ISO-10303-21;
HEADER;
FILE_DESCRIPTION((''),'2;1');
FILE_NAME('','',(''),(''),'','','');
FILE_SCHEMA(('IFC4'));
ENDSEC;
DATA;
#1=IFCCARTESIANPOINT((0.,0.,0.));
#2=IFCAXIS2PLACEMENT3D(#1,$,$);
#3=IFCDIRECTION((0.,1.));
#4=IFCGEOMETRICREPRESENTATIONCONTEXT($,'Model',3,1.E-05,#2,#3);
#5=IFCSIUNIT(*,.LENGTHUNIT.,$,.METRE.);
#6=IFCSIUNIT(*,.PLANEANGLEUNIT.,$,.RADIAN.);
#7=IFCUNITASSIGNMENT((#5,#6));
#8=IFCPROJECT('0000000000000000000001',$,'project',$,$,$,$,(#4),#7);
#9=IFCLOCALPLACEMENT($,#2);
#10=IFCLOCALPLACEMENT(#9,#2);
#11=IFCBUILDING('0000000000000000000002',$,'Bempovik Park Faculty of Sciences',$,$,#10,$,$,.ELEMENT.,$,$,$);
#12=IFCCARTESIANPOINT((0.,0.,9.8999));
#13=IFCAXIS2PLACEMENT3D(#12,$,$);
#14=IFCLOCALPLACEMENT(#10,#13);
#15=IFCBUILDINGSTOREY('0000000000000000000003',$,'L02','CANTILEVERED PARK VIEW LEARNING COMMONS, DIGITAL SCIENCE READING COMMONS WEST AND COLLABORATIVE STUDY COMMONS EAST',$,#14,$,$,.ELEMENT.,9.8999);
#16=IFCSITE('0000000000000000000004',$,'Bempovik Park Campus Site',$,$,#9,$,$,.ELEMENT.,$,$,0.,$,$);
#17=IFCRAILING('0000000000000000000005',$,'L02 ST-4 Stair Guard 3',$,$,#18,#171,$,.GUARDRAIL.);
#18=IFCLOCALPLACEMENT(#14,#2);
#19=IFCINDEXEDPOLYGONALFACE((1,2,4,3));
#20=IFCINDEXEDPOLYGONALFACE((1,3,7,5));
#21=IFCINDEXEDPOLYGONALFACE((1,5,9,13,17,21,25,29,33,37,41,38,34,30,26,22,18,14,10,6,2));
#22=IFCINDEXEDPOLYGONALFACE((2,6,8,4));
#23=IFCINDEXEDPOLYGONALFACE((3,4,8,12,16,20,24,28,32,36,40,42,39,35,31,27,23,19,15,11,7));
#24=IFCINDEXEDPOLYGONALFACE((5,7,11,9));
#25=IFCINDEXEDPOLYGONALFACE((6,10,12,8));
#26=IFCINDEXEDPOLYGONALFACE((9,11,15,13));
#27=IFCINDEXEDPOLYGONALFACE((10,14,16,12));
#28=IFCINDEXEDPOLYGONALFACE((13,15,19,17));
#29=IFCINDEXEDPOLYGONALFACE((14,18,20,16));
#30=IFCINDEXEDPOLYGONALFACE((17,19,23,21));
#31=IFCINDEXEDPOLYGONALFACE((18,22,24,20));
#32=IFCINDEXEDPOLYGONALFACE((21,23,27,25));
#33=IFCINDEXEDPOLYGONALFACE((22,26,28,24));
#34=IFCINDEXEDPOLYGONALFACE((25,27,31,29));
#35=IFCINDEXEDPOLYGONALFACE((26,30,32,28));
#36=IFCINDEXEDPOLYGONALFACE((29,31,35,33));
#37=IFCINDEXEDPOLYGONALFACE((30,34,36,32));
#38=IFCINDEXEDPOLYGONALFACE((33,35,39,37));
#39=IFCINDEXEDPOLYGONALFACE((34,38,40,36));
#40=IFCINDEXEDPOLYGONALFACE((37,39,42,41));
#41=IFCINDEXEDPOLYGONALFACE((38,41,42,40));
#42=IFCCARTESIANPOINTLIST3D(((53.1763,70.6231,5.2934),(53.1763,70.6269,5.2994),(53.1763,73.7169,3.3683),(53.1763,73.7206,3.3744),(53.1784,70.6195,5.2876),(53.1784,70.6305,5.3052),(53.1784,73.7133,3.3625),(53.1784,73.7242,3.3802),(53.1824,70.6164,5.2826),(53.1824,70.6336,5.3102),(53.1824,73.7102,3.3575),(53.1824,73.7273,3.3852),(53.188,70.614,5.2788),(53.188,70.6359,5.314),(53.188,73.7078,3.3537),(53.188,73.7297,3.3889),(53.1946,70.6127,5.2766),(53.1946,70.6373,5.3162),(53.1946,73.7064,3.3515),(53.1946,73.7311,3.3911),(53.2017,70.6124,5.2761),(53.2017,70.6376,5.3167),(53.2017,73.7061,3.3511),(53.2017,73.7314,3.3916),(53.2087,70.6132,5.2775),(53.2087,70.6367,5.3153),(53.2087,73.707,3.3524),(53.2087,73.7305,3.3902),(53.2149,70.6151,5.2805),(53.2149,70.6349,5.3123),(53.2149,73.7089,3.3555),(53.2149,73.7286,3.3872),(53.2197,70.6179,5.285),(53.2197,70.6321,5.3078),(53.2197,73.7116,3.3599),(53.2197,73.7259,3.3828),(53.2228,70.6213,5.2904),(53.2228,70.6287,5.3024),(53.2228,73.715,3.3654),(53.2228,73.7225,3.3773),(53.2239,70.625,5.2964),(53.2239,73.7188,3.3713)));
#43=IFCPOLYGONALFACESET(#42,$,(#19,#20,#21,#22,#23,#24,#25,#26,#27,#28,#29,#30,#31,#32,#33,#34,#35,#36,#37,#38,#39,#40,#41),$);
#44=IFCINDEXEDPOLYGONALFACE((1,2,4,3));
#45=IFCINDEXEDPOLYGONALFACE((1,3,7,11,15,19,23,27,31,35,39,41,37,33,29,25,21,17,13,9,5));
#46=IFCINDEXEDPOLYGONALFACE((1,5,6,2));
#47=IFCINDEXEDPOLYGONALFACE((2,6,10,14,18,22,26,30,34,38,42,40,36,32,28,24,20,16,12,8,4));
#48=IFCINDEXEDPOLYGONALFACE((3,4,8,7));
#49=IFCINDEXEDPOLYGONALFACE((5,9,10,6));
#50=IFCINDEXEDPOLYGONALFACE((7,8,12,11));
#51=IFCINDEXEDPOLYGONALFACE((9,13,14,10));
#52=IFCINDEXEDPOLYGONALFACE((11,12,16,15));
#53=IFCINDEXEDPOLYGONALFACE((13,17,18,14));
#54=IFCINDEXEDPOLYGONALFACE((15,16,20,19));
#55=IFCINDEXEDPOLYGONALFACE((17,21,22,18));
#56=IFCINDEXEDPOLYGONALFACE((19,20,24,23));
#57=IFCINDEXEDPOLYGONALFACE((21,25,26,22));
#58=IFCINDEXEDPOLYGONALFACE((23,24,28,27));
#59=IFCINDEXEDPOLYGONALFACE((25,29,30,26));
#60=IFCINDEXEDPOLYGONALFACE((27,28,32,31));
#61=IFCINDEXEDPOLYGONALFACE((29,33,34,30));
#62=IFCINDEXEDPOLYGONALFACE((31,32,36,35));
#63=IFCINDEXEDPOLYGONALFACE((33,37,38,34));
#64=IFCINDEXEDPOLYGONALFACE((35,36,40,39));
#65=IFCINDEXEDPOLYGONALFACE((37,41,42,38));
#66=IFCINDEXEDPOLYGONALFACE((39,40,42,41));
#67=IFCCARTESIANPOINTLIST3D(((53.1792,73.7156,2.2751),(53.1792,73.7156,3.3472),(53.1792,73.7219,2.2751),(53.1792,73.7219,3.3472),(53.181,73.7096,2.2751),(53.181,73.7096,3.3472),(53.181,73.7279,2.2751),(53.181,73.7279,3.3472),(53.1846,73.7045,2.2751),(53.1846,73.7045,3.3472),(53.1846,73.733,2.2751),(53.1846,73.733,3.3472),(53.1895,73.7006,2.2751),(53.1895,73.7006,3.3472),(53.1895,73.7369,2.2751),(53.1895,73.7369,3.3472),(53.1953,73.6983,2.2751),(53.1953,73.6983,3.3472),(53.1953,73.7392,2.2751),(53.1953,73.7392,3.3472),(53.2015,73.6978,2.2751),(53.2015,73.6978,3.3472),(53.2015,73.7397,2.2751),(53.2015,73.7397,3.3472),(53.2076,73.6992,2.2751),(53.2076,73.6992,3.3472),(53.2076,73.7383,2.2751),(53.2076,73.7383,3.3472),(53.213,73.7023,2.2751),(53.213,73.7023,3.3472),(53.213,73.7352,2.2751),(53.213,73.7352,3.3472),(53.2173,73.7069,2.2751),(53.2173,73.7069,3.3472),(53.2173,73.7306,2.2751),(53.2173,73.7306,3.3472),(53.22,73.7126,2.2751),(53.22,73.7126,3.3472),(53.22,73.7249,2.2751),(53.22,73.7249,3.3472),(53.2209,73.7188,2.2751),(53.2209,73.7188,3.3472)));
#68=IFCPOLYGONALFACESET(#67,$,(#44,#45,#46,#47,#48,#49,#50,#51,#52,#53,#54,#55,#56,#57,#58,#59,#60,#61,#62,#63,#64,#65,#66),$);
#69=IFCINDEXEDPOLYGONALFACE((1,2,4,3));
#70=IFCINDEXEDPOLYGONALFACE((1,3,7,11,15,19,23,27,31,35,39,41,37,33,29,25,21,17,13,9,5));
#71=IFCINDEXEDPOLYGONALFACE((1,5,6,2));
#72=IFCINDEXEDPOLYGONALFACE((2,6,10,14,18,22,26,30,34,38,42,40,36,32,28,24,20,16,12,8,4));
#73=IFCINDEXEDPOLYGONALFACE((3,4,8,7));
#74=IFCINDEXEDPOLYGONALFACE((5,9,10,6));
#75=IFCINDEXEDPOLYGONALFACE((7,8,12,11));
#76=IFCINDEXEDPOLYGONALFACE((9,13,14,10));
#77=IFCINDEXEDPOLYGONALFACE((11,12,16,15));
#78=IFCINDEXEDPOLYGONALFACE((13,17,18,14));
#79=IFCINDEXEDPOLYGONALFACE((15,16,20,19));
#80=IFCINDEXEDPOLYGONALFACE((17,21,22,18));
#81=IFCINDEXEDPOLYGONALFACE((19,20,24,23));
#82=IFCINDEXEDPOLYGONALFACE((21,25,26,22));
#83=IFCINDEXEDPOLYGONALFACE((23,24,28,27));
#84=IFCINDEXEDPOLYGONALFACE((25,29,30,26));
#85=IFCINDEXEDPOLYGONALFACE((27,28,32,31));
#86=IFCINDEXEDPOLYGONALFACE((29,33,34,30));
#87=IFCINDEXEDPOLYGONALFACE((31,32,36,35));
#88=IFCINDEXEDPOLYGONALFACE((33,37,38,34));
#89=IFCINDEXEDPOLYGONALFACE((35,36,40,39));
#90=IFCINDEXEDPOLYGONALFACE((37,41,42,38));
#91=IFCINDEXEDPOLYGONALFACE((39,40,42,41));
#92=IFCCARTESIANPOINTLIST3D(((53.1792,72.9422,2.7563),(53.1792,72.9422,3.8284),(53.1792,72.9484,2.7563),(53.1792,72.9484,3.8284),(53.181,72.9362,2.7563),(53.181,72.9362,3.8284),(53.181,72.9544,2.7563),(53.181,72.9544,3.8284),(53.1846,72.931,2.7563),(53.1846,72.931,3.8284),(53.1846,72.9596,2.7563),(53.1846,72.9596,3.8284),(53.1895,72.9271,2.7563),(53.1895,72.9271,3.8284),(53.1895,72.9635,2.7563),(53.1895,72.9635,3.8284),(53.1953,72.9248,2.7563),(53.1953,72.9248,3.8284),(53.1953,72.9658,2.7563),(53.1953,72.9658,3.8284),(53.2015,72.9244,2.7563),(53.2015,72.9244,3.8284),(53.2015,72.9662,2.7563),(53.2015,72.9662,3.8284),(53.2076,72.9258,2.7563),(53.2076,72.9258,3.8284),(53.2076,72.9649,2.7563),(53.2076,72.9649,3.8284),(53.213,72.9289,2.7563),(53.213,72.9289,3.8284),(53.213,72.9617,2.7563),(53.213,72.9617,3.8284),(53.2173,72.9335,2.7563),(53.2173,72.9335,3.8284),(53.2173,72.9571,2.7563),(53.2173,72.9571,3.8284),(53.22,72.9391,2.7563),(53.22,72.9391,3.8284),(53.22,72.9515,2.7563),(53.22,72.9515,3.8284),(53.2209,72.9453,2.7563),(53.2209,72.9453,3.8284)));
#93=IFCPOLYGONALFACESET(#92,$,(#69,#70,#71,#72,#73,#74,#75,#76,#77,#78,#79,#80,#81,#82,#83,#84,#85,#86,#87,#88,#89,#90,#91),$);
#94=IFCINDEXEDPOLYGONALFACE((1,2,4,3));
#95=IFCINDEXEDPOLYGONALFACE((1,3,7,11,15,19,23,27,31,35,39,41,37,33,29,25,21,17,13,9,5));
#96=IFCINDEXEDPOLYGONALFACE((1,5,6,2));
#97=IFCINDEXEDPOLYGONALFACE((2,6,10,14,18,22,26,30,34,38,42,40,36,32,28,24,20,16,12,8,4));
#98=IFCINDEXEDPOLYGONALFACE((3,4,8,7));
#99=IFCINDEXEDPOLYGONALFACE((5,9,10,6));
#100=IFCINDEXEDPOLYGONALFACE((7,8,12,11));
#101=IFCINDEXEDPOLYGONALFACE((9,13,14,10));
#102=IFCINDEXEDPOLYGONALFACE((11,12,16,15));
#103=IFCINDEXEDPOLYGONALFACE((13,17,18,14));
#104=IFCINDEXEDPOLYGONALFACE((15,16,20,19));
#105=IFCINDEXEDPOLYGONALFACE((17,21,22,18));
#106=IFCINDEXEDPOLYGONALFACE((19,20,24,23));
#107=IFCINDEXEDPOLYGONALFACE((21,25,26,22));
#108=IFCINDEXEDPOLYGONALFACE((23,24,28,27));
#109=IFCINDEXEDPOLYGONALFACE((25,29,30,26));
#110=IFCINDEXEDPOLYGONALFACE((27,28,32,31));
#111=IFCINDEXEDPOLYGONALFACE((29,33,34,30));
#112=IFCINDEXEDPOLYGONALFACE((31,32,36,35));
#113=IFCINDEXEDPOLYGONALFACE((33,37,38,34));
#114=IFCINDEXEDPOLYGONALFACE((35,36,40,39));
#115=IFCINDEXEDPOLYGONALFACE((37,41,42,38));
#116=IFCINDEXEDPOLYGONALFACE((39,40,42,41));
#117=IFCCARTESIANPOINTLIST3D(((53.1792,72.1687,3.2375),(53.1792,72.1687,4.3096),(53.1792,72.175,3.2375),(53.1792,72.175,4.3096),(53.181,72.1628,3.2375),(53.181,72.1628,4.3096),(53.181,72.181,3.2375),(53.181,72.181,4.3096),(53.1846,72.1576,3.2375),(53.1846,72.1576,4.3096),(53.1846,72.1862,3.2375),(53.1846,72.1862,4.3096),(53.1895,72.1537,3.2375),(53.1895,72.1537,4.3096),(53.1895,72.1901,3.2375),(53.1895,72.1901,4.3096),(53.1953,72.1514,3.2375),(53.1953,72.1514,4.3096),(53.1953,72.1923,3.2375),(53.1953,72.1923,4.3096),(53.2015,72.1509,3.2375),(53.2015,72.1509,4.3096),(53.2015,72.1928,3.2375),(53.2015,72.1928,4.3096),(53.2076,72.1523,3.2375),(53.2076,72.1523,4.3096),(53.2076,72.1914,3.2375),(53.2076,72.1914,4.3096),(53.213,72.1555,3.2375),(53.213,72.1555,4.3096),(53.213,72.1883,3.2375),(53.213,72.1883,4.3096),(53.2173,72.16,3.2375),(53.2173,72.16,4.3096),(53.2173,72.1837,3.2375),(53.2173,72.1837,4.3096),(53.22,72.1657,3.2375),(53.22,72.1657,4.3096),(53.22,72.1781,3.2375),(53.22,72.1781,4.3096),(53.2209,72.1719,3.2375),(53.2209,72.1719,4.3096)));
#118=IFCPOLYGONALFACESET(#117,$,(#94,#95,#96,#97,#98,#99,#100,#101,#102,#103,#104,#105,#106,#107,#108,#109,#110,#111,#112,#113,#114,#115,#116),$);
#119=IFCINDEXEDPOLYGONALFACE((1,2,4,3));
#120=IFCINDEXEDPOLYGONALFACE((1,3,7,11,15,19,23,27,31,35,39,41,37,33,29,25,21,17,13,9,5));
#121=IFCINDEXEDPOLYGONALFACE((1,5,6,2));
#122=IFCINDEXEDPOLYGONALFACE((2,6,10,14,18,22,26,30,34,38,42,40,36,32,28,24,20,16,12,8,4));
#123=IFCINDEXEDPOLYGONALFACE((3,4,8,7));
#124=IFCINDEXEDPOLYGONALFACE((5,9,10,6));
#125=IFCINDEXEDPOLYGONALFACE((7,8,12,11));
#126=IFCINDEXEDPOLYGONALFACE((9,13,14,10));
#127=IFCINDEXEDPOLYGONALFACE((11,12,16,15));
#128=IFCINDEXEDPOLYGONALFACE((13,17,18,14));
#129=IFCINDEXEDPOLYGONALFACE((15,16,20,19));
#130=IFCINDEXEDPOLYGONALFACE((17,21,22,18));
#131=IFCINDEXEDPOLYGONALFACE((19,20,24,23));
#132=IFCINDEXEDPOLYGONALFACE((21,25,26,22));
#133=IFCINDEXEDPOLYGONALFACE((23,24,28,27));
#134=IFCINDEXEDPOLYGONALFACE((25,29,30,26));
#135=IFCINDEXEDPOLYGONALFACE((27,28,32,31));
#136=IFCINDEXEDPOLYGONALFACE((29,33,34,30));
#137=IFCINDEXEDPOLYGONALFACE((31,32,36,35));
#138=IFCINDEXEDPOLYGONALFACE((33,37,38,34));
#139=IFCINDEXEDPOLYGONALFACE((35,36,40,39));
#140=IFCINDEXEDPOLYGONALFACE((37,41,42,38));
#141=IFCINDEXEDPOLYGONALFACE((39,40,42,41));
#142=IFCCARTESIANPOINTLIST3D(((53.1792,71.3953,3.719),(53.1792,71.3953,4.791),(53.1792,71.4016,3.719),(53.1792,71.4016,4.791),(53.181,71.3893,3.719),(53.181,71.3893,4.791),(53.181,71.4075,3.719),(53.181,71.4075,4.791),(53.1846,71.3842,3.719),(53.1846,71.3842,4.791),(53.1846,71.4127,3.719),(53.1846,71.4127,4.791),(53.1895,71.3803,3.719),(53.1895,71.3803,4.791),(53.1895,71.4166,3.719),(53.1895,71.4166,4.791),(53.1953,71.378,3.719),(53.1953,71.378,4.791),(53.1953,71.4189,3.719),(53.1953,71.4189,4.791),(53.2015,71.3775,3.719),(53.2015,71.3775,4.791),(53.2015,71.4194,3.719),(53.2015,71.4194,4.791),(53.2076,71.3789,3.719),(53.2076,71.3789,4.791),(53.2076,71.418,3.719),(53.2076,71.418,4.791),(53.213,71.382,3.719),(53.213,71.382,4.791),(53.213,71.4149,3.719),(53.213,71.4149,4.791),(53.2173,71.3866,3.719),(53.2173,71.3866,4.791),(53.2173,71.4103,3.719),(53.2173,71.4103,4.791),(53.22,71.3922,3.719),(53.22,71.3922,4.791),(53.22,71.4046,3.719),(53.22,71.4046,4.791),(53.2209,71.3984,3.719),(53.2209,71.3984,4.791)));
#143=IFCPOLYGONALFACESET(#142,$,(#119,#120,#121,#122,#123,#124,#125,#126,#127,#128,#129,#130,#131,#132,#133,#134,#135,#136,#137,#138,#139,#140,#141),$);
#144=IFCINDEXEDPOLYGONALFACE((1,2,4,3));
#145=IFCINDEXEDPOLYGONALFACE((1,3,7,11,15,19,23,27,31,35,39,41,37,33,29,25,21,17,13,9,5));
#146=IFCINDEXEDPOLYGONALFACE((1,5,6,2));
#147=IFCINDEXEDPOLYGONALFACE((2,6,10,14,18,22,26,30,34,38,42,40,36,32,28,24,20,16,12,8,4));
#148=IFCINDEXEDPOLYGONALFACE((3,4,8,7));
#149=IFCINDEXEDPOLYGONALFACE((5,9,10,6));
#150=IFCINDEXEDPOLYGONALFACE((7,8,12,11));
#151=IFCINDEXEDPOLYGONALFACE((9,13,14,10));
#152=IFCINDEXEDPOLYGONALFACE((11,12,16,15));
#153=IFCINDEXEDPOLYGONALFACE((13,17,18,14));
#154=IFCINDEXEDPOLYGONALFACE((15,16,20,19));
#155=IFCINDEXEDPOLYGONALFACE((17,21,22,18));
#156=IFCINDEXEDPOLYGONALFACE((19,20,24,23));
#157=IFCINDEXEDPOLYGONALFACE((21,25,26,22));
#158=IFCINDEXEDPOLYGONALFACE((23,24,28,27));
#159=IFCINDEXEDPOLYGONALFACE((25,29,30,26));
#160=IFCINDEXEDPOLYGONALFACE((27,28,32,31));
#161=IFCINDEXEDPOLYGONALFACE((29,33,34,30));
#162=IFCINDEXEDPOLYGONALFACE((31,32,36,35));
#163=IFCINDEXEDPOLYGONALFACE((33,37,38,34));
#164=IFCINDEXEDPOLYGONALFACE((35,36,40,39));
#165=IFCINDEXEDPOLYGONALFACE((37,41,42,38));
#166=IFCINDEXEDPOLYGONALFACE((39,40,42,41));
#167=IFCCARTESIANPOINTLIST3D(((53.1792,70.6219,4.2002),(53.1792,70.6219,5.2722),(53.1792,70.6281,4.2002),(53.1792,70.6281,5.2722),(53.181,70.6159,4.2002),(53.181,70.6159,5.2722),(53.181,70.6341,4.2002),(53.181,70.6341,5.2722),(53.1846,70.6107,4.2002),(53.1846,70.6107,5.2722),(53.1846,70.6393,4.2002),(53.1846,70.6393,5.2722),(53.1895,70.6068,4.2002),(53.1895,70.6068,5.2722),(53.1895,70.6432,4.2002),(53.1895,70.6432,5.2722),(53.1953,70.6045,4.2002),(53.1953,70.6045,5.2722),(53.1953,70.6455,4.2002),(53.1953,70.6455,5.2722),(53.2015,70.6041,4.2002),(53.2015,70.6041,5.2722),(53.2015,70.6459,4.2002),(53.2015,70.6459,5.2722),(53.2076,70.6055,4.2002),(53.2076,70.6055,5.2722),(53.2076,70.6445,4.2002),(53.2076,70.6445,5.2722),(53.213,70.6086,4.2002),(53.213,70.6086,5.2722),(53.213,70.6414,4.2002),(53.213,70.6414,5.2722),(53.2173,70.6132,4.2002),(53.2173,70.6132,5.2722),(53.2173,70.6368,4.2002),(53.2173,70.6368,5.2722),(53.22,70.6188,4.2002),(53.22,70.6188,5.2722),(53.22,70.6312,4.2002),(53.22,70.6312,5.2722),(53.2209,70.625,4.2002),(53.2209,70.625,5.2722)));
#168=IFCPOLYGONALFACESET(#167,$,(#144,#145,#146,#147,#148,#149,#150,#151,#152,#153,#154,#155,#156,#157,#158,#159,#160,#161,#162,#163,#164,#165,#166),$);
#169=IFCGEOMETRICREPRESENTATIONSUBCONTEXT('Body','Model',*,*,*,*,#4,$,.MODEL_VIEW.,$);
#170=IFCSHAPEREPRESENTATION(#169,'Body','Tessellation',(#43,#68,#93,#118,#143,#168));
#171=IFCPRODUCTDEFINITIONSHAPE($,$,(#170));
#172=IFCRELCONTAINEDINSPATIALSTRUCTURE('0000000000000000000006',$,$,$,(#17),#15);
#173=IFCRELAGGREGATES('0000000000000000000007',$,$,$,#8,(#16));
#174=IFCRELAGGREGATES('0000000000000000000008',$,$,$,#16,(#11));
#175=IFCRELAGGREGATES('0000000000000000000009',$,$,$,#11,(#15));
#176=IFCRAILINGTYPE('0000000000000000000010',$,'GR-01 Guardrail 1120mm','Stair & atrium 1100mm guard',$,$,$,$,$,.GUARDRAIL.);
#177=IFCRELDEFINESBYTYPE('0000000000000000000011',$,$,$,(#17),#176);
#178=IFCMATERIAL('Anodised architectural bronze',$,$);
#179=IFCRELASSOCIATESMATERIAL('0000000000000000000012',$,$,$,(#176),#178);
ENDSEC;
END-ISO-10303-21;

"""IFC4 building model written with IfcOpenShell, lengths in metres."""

from ifc_helpers import new_model, si_unit, direction, frame, origin, origin_2d, place, context, subcontext, project, spatial, circle, extrude, material, type_object, element, save


model = new_model("IFC4")

# Units and contexts
model_context = context("Model", 3, precision=1e-05, world=origin(), true_north=direction((0.0, 1.0)))
body_context = subcontext(model_context, "Body", "Model", "MODEL_VIEW")
ifc_project = project(units=[si_unit("LENGTHUNIT", "METRE"), si_unit("PLANEANGLEUNIT", "RADIAN")], contexts=[model_context])

# Site, building, storey
site_placement = place(None, origin())
site = spatial("IfcSite", under=ifc_project, at=site_placement, Name="Bempovik Park Campus Site", CompositionType="ELEMENT", RefElevation=0.0)
building_placement = place(site_placement, origin())
building = spatial("IfcBuilding", under=site, at=building_placement, Name="Bempovik Park Faculty of Sciences", CompositionType="ELEMENT")
storey_placement = place(building_placement, frame((0.0, 0.0, 9.8999)))
storey = spatial("IfcBuildingStorey", under=building, at=storey_placement, Name="L02", Description="CANTILEVERED PARK VIEW LEARNING COMMONS, DIGITAL SCIENCE READING COMMONS WEST AND COLLABORATIVE STUDY COMMONS EAST", CompositionType="ELEMENT", Elevation=9.8999)

# Shared definitions
ifc_material_1 = material(Name="Anodised architectural bronze")

# Railing
railing_type_1 = type_object("IfcRailingType", Name="GR-01 Guardrail 1120mm", Description="Stair & atrium 1100mm guard", PredefinedType="GUARDRAIL", material=ifc_material_1)
railing_1_placement = place(storey_placement, frame((53.2, 73.7188, 2.2751)))
element("IfcRailing", 1, at=railing_1_placement, inside=storey, type_object=railing_type_1, Name="L02 ST-4 Stair Guard 3", PredefinedType="GUARDRAIL", context=body_context, shape_type="SweptSolid", body=[
    extrude(circle(Radius=0.0239, at=origin_2d()), frame((0.0, 0.0, 1.0962), z_axis=(0.0, -0.849051, 0.528312), x_axis=(1.0, 0.0, 0.0)), (0.0, 0.0, 1.0), 3.6438),
    extrude(circle(Radius=0.021, at=origin_2d()), origin(), (0.0, 0.0, 1.0), 1.072),
    extrude(circle(Radius=0.021, at=origin_2d()), frame((0.0, -0.7734, 0.4812)), (0.0, 0.0, 1.0), 1.072),
    extrude(circle(Radius=0.021, at=origin_2d()), frame((0.0, -1.5469, 0.9624)), (0.0, 0.0, 1.0), 1.072),
    extrude(circle(Radius=0.021, at=origin_2d()), frame((0.0, -2.3203, 1.4438)), (0.0, 0.0, 1.0), 1.072),
    extrude(circle(Radius=0.021, at=origin_2d()), frame((0.0, -3.0938, 1.925)), (0.0, 0.0, 1.0), 1.072),
])

save(model, "model.ifc")
